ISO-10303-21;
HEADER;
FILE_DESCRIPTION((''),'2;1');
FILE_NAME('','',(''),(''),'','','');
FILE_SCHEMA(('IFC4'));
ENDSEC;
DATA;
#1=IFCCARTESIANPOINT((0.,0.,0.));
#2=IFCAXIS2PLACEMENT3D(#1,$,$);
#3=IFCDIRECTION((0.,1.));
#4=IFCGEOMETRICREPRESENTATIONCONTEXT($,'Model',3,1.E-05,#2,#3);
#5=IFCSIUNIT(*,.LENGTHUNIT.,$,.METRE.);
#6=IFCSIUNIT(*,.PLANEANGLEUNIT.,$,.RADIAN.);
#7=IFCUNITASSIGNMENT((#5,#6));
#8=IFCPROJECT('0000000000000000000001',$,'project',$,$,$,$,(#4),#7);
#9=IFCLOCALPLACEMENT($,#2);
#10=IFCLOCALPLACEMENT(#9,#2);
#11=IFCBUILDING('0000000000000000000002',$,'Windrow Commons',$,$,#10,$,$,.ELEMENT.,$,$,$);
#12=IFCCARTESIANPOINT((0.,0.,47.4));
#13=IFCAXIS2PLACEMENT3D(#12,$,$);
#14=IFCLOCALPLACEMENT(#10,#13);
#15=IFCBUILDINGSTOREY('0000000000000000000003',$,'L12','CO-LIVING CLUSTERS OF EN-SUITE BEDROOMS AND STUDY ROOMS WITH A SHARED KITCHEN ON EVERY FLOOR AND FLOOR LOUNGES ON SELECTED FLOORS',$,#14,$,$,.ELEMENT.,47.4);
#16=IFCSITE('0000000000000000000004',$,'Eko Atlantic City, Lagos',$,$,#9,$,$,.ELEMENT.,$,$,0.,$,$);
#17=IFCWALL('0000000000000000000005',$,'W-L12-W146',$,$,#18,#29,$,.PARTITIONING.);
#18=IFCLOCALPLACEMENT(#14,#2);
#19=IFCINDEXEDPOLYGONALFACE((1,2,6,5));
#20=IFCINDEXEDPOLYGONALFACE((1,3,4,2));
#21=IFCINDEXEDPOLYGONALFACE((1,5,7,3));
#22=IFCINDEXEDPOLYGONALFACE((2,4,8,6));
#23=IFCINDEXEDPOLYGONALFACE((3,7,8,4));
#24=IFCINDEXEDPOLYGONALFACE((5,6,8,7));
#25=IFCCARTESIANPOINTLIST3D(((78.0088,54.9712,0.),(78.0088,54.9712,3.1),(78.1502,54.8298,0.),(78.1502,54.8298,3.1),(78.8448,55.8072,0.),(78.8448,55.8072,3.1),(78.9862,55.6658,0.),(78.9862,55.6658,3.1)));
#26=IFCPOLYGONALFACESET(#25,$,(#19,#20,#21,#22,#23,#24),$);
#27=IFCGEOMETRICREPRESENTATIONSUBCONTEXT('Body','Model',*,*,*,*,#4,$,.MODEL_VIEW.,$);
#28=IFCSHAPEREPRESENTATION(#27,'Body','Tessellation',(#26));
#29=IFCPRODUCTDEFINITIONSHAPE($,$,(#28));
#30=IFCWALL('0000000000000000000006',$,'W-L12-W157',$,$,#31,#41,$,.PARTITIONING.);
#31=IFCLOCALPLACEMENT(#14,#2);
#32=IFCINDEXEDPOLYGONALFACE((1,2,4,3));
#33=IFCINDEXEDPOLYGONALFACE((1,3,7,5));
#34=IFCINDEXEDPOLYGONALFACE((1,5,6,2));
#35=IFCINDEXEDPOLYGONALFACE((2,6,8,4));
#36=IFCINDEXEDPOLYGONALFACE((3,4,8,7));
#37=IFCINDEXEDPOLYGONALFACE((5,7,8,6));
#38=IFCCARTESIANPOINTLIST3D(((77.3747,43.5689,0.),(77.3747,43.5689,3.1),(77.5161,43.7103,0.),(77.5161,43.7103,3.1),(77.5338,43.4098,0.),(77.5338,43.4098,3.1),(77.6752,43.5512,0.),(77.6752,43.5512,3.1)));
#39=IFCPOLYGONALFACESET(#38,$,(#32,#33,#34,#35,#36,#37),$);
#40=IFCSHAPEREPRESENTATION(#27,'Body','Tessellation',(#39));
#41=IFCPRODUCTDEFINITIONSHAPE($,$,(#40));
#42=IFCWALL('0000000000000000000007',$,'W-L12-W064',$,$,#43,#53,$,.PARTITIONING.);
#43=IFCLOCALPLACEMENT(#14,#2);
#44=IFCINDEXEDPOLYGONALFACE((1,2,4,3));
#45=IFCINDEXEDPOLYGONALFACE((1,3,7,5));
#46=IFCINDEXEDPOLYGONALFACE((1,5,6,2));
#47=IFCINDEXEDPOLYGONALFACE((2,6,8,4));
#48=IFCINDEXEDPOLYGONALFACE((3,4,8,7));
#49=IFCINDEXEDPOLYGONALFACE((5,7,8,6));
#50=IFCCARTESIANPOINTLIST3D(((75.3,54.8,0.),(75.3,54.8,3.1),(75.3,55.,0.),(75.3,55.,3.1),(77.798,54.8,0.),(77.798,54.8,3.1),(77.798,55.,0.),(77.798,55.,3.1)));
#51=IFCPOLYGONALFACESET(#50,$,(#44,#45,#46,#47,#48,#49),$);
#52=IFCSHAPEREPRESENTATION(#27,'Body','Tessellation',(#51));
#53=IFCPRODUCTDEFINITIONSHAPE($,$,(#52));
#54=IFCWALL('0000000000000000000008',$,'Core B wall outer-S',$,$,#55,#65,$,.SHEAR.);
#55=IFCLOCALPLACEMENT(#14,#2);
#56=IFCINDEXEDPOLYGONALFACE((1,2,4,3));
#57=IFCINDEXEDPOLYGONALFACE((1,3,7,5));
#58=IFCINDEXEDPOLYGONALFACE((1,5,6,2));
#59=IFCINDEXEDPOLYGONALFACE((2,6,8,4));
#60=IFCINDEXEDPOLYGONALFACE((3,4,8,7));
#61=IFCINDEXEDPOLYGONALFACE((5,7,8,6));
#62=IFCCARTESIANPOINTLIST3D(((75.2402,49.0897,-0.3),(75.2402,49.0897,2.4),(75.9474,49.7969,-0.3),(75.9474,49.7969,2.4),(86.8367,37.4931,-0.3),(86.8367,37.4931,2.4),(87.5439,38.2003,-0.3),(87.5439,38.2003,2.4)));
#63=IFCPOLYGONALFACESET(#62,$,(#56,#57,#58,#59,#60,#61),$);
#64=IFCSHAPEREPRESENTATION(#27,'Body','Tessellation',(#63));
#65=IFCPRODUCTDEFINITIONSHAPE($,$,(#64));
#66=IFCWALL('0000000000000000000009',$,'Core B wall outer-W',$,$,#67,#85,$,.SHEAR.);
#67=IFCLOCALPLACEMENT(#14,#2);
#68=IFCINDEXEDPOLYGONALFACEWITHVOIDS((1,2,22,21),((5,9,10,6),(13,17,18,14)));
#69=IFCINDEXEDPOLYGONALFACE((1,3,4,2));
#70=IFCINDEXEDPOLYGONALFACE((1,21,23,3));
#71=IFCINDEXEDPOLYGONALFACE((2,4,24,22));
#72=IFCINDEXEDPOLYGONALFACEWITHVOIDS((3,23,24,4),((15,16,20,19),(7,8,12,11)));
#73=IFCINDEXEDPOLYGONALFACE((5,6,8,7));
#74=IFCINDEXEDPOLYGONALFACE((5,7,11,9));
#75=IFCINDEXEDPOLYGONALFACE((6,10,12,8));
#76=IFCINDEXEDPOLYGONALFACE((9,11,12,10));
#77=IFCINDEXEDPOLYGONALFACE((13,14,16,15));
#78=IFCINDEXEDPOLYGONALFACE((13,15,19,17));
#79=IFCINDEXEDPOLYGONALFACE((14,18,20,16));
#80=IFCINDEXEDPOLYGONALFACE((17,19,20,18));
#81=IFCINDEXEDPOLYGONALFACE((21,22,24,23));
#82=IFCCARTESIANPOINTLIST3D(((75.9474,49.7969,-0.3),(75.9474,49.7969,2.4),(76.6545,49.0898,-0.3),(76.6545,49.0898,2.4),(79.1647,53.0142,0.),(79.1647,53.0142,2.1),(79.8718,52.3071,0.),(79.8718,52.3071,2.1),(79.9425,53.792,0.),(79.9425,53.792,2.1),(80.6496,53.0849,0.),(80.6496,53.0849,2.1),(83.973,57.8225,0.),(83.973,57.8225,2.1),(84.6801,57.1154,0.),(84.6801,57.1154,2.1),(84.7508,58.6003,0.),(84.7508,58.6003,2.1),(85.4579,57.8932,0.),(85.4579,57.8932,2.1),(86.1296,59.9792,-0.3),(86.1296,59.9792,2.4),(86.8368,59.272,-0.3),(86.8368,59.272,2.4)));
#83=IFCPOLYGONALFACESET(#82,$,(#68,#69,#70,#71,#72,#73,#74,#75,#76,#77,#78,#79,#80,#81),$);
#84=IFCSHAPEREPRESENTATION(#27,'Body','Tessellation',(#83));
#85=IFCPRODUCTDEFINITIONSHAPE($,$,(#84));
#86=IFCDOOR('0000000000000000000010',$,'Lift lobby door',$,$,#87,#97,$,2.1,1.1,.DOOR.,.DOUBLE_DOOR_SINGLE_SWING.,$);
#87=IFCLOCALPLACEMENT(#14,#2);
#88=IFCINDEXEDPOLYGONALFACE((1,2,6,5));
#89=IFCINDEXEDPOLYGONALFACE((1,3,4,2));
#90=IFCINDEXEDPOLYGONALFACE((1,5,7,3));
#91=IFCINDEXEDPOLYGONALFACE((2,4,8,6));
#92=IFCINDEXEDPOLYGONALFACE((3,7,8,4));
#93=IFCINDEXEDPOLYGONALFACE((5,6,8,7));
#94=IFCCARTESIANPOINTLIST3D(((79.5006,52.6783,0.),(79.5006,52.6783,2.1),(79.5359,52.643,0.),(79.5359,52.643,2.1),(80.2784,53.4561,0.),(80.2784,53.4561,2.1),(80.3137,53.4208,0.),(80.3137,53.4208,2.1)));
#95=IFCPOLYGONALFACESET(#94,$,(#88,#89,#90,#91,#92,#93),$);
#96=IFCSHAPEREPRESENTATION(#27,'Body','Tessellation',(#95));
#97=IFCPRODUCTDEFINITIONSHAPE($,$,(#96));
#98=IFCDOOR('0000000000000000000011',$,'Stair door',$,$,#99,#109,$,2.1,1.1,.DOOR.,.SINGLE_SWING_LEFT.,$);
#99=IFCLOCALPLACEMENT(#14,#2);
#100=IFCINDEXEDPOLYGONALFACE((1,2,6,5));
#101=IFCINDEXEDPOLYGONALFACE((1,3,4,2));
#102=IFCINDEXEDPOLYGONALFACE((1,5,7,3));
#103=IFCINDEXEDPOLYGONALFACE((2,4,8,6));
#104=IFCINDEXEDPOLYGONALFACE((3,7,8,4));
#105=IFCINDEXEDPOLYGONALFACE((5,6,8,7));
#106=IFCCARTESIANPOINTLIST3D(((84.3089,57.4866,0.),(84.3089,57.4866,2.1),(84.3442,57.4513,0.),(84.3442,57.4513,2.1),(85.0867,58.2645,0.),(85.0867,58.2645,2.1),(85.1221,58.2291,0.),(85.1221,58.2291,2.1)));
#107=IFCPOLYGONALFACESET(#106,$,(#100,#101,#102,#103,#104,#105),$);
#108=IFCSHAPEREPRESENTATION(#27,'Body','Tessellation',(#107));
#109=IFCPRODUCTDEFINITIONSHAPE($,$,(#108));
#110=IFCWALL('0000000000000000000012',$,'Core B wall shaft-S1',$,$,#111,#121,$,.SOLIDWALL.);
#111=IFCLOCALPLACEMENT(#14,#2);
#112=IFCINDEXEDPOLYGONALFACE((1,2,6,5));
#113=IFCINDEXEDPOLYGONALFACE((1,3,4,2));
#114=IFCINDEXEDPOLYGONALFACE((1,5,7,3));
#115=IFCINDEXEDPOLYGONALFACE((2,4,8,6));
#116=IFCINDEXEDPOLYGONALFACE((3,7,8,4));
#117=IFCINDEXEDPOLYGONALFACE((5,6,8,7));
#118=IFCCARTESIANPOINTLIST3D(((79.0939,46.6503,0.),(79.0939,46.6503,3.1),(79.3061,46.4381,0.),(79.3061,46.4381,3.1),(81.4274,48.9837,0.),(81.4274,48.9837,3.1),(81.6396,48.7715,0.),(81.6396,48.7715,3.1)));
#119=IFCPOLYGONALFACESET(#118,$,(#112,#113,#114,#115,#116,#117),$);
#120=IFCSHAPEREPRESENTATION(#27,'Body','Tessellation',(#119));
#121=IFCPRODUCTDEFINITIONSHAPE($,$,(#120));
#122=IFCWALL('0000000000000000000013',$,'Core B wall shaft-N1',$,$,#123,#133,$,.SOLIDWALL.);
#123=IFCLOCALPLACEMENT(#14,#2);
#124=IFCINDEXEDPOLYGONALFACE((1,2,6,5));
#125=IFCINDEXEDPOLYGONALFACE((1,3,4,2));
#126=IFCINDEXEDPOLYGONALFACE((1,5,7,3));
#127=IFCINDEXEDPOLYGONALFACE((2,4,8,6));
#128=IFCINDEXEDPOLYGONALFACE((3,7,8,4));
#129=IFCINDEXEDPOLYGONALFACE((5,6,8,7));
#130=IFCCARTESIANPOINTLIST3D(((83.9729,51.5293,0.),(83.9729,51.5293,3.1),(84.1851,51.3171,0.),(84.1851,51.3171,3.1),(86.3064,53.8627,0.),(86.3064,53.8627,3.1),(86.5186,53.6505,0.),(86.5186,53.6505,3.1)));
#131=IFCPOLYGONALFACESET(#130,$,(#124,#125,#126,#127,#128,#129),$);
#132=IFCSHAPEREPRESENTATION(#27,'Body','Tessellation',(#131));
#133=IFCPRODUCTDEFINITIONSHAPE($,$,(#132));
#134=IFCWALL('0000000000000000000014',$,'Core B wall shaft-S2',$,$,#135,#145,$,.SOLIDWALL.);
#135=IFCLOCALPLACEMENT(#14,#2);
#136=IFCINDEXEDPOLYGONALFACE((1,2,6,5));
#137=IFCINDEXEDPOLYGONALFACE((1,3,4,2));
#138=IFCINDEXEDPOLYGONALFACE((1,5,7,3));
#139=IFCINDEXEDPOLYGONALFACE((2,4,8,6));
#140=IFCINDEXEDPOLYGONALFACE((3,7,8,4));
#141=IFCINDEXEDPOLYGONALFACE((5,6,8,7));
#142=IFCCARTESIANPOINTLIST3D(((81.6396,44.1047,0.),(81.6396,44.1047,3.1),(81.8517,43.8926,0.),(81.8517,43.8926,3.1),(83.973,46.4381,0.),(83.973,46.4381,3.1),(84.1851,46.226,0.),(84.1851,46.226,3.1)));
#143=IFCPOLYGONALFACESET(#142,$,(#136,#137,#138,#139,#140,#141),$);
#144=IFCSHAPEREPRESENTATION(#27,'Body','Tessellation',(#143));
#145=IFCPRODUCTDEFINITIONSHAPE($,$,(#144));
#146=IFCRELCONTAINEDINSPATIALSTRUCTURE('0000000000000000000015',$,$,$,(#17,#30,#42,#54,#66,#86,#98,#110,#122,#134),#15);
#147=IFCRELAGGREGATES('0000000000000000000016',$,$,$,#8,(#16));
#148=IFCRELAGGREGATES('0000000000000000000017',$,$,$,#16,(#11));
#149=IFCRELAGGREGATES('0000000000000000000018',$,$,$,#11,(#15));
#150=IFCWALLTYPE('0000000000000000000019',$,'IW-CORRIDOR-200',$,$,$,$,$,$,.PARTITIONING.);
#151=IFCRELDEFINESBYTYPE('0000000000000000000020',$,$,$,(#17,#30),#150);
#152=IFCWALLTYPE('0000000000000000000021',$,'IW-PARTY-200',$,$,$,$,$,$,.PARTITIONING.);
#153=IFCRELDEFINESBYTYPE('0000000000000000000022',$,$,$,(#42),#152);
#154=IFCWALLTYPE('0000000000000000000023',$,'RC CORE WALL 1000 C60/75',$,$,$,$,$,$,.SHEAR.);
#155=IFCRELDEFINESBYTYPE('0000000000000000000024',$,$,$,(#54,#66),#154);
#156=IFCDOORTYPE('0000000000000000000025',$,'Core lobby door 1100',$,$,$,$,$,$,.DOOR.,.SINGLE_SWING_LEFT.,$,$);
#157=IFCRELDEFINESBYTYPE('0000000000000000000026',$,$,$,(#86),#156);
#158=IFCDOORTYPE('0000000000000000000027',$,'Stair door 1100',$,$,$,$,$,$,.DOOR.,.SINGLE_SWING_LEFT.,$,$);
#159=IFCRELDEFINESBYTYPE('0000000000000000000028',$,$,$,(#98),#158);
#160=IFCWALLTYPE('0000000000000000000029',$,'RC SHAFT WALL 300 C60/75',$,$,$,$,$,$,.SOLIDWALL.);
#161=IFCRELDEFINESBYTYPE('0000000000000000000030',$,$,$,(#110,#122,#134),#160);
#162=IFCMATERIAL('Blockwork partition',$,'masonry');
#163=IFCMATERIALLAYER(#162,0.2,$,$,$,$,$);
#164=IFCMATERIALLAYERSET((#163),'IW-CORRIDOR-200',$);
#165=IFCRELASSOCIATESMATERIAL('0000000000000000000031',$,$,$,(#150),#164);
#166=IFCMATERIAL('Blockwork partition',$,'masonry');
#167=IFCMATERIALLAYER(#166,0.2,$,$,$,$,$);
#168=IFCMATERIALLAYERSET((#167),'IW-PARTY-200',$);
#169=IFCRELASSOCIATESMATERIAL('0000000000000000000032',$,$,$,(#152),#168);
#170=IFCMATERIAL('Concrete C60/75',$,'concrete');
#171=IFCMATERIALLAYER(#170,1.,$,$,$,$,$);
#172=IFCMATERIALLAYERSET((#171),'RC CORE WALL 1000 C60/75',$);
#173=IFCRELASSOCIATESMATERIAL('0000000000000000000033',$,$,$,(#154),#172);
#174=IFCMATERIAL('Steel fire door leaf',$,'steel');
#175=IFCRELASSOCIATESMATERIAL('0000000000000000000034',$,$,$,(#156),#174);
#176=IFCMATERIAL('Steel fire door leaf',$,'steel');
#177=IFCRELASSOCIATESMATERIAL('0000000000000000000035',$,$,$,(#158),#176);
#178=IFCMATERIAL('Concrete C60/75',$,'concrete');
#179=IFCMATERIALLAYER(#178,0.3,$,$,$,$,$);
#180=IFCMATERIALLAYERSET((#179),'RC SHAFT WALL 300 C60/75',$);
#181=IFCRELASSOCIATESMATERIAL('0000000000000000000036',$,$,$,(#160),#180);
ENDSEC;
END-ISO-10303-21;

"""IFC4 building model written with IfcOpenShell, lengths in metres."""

from ifc_helpers import new_model, si_unit, direction, frame, frame_2d, origin, place, context, subcontext, project, spatial, rectangle, extrude, material, layer, layer_set, type_object, element, fill, save


model = new_model("IFC4")

# Units and contexts
model_context = context("Model", 3, precision=1e-05, world=origin(), true_north=direction((0.0, 1.0)))
body_context = subcontext(model_context, "Body", "Model", "MODEL_VIEW")
ifc_project = project(units=[si_unit("LENGTHUNIT", "METRE"), si_unit("PLANEANGLEUNIT", "RADIAN")], contexts=[model_context])

# Site, building, storey
site_placement = place(None, origin())
site = spatial("IfcSite", under=ifc_project, at=site_placement, Name="Eko Atlantic City, Lagos", CompositionType="ELEMENT", RefElevation=0.0)
building_placement = place(site_placement, origin())
building = spatial("IfcBuilding", under=site, at=building_placement, Name="Windrow Commons", CompositionType="ELEMENT")
storey_placement = place(building_placement, frame((0.0, 0.0, 47.4)))
storey = spatial("IfcBuildingStorey", under=building, at=storey_placement, Name="L12", Description="CO-LIVING CLUSTERS OF EN-SUITE BEDROOMS AND STUDY ROOMS WITH A SHARED KITCHEN ON EVERY FLOOR AND FLOOR LOUNGES ON SELECTED FLOORS", CompositionType="ELEMENT", Elevation=47.4)

# Shared definitions
ifc_material_1 = material(Name="Blockwork partition", Category="masonry")
ifc_layer_1 = layer(ifc_material_1, 0.2)
ifc_layer_set_1 = layer_set([ifc_layer_1], Name="IW-CORRIDOR-200")
wall_type_1 = type_object("IfcWallType", Name="IW-CORRIDOR-200", PredefinedType="PARTITIONING", material=ifc_layer_set_1)

# Walls
wall_1_placement = place(storey_placement, frame((78.0795, 54.9005, 0.0), z_axis=(0.0, 0.0, 1.0), x_axis=(0.707107, 0.707107, 0.0)))
element("IfcWall", 1, at=wall_1_placement, inside=storey, type_object=wall_type_1, Name="W-L12-W146", PredefinedType="PARTITIONING", context=body_context, shape_type="SweptSolid", body=[
    extrude(rectangle(XDim=1.1823, YDim=0.2, at=frame_2d((0.5911, 0.0))), origin(), (0.0, 0.0, 1.0), 3.1),
])
wall_2_placement = place(storey_placement, frame((77.4454, 43.6396, 0.0), z_axis=(0.0, 0.0, 1.0), x_axis=(0.707107, -0.707107, 0.0)))
element("IfcWall", 2, at=wall_2_placement, inside=storey, type_object=wall_type_1, Name="W-L12-W157", PredefinedType="PARTITIONING", context=body_context, shape_type="SweptSolid", body=[
    extrude(rectangle(XDim=0.225, YDim=0.2, at=frame_2d((0.1125, 0.0))), origin(), (0.0, 0.0, 1.0), 3.1),
])
ifc_material_2 = material(Name="Blockwork partition", Category="masonry")
ifc_layer_2 = layer(ifc_material_2, 0.2)
ifc_layer_set_2 = layer_set([ifc_layer_2], Name="IW-PARTY-200")
wall_type_2 = type_object("IfcWallType", Name="IW-PARTY-200", PredefinedType="PARTITIONING", material=ifc_layer_set_2)
wall_3_placement = place(storey_placement, frame((75.3, 54.9, 0.0), z_axis=(0.0, 0.0, 1.0), x_axis=(1.0, 0.0, 0.0)))
element("IfcWall", 3, at=wall_3_placement, inside=storey, type_object=wall_type_2, Name="W-L12-W064", PredefinedType="PARTITIONING", context=body_context, shape_type="SweptSolid", body=[
    extrude(rectangle(XDim=2.498, YDim=0.2, at=frame_2d((1.249, 0.0))), origin(), (0.0, 0.0, 1.0), 3.1),
])
ifc_material_3 = material(Name="Concrete C60/75", Category="concrete")
ifc_layer_3 = layer(ifc_material_3, 1.0)
ifc_layer_set_3 = layer_set([ifc_layer_3], Name="RC CORE WALL 1000 C60/75")
wall_type_3 = type_object("IfcWallType", Name="RC CORE WALL 1000 C60/75", PredefinedType="SHEAR", material=ifc_layer_set_3)
wall_4_placement = place(storey_placement, frame((75.5938, 49.4433, -0.3), z_axis=(0.0, 0.0, 1.0), x_axis=(0.707104, -0.70711, 0.0)))
element("IfcWall", 4, at=wall_4_placement, inside=storey, type_object=wall_type_3, Name="Core B wall outer-S", PredefinedType="SHEAR", context=body_context, shape_type="SweptSolid", body=[
    extrude(rectangle(XDim=16.4, YDim=1.0, at=frame_2d((8.2, 0.0))), origin(), (0.0, 0.0, 1.0), 2.7),
])

# Wall, openings, doors
wall_5_placement = place(storey_placement, frame((76.3009, 49.4433, -0.3), z_axis=(0.0, 0.0, 1.0), x_axis=(0.707107, 0.707107, 0.0)))
wall_5 = element("IfcWall", 5, at=wall_5_placement, inside=storey, type_object=wall_type_3, Name="Core B wall outer-W", PredefinedType="SHEAR", context=body_context, shape_type="SweptSolid", body=[
    extrude(rectangle(XDim=14.3999, YDim=1.0, at=frame_2d((7.2, 0.0))), origin(), (0.0, 0.0, 1.0), 2.7),
])
opening_1_placement = place(wall_5_placement, frame((4.55, 0.0, 0.3)))
opening_1 = element("IfcOpeningElement", 6, at=opening_1_placement, cuts=wall_5, PredefinedType="OPENING", context=body_context, shape_type="SweptSolid", body=[
    extrude(rectangle(XDim=1.1, YDim=2.1, at=frame_2d((0.55, 1.05))), frame((0.0, 0.51, 0.0), z_axis=(0.0, -1.0, 0.0), x_axis=(1.0, 0.0, 0.0)), (0.0, 0.0, 1.0), 1.02),
])
opening_2_placement = place(wall_5_placement, frame((11.35, 0.0, 0.3)))
opening_2 = element("IfcOpeningElement", 7, at=opening_2_placement, cuts=wall_5, PredefinedType="OPENING", context=body_context, shape_type="SweptSolid", body=[
    extrude(rectangle(XDim=1.1, YDim=2.1, at=frame_2d((0.55, 1.05))), frame((0.0, 0.51, 0.0), z_axis=(0.0, -1.0, 0.0), x_axis=(1.0, 0.0, 0.0)), (0.0, 0.0, 1.0), 1.02),
])
ifc_material_4 = material(Name="Steel fire door leaf", Category="steel")
door_type_1 = type_object("IfcDoorType", Name="Core lobby door 1100", OperationType="SINGLE_SWING_LEFT", PredefinedType="DOOR", material=ifc_material_4)
door_1_placement = place(opening_1_placement, origin())
door_1 = element("IfcDoor", 8, at=door_1_placement, inside=storey, type_object=door_type_1, Name="Lift lobby door", OperationType="DOUBLE_DOOR_SINGLE_SWING", OverallHeight=2.1, OverallWidth=1.1, PredefinedType="DOOR", context=body_context, shape_type="SweptSolid", body=[
    extrude(rectangle(XDim=1.1, YDim=2.1, at=frame_2d((0.55, 1.05))), frame((0.0, 0.025, 0.0), z_axis=(0.0, -1.0, 0.0), x_axis=(1.0, 0.0, 0.0)), (0.0, 0.0, 1.0), 0.05),
])
fill(opening_1, door_1)
ifc_material_5 = material(Name="Steel fire door leaf", Category="steel")
door_type_2 = type_object("IfcDoorType", Name="Stair door 1100", OperationType="SINGLE_SWING_LEFT", PredefinedType="DOOR", material=ifc_material_5)
door_2_placement = place(opening_2_placement, origin())
door_2 = element("IfcDoor", 9, at=door_2_placement, inside=storey, type_object=door_type_2, Name="Stair door", OperationType="SINGLE_SWING_LEFT", OverallHeight=2.1, OverallWidth=1.1, PredefinedType="DOOR", context=body_context, shape_type="SweptSolid", body=[
    extrude(rectangle(XDim=1.1, YDim=2.1, at=frame_2d((0.55, 1.05))), frame((0.0, 0.025, 0.0), z_axis=(0.0, -1.0, 0.0), x_axis=(1.0, 0.0, 0.0)), (0.0, 0.0, 1.0), 0.05),
])
fill(opening_2, door_2)

# Walls
ifc_material_6 = material(Name="Concrete C60/75", Category="concrete")
ifc_layer_4 = layer(ifc_material_6, 0.3)
ifc_layer_set_4 = layer_set([ifc_layer_4], Name="RC SHAFT WALL 300 C60/75")
wall_type_4 = type_object("IfcWallType", Name="RC SHAFT WALL 300 C60/75", PredefinedType="SOLIDWALL", material=ifc_layer_set_4)
for number, where, z_axis, x_axis, name in (
    (10, (79.2, 46.5442, 0.0), (0.0, 0.0, 1.0), (0.707122, 0.707092, 0.0), "Core B wall shaft-S1"),
    (11, (84.079, 51.4232, 0.0), (0.0, 0.0, 1.0), (0.707122, 0.707092, 0.0), "Core B wall shaft-N1"),
):
    element("IfcWall", number, at=place(storey_placement, frame(where, z_axis=z_axis, x_axis=x_axis)), inside=storey, type_object=wall_type_4, Name=name, PredefinedType="SOLIDWALL", context=body_context, shape_type="SweptSolid", body=[
        extrude(rectangle(XDim=3.3, YDim=0.3, at=frame_2d((1.65, 0.0))), origin(), (0.0, 0.0, 1.0), 3.1),
    ])
wall_6_placement = place(storey_placement, frame((81.7456, 43.9986, 0.0), z_axis=(0.0, 0.0, 1.0), x_axis=(0.707107, 0.707107, 0.0)))
element("IfcWall", 12, at=wall_6_placement, inside=storey, type_object=wall_type_4, Name="Core B wall shaft-S2", PredefinedType="SOLIDWALL", context=body_context, shape_type="SweptSolid", body=[
    extrude(rectangle(XDim=3.2999, YDim=0.3, at=frame_2d((1.65, 0.0))), origin(), (0.0, 0.0, 1.0), 3.1),
])

save(model, "model.ifc")
